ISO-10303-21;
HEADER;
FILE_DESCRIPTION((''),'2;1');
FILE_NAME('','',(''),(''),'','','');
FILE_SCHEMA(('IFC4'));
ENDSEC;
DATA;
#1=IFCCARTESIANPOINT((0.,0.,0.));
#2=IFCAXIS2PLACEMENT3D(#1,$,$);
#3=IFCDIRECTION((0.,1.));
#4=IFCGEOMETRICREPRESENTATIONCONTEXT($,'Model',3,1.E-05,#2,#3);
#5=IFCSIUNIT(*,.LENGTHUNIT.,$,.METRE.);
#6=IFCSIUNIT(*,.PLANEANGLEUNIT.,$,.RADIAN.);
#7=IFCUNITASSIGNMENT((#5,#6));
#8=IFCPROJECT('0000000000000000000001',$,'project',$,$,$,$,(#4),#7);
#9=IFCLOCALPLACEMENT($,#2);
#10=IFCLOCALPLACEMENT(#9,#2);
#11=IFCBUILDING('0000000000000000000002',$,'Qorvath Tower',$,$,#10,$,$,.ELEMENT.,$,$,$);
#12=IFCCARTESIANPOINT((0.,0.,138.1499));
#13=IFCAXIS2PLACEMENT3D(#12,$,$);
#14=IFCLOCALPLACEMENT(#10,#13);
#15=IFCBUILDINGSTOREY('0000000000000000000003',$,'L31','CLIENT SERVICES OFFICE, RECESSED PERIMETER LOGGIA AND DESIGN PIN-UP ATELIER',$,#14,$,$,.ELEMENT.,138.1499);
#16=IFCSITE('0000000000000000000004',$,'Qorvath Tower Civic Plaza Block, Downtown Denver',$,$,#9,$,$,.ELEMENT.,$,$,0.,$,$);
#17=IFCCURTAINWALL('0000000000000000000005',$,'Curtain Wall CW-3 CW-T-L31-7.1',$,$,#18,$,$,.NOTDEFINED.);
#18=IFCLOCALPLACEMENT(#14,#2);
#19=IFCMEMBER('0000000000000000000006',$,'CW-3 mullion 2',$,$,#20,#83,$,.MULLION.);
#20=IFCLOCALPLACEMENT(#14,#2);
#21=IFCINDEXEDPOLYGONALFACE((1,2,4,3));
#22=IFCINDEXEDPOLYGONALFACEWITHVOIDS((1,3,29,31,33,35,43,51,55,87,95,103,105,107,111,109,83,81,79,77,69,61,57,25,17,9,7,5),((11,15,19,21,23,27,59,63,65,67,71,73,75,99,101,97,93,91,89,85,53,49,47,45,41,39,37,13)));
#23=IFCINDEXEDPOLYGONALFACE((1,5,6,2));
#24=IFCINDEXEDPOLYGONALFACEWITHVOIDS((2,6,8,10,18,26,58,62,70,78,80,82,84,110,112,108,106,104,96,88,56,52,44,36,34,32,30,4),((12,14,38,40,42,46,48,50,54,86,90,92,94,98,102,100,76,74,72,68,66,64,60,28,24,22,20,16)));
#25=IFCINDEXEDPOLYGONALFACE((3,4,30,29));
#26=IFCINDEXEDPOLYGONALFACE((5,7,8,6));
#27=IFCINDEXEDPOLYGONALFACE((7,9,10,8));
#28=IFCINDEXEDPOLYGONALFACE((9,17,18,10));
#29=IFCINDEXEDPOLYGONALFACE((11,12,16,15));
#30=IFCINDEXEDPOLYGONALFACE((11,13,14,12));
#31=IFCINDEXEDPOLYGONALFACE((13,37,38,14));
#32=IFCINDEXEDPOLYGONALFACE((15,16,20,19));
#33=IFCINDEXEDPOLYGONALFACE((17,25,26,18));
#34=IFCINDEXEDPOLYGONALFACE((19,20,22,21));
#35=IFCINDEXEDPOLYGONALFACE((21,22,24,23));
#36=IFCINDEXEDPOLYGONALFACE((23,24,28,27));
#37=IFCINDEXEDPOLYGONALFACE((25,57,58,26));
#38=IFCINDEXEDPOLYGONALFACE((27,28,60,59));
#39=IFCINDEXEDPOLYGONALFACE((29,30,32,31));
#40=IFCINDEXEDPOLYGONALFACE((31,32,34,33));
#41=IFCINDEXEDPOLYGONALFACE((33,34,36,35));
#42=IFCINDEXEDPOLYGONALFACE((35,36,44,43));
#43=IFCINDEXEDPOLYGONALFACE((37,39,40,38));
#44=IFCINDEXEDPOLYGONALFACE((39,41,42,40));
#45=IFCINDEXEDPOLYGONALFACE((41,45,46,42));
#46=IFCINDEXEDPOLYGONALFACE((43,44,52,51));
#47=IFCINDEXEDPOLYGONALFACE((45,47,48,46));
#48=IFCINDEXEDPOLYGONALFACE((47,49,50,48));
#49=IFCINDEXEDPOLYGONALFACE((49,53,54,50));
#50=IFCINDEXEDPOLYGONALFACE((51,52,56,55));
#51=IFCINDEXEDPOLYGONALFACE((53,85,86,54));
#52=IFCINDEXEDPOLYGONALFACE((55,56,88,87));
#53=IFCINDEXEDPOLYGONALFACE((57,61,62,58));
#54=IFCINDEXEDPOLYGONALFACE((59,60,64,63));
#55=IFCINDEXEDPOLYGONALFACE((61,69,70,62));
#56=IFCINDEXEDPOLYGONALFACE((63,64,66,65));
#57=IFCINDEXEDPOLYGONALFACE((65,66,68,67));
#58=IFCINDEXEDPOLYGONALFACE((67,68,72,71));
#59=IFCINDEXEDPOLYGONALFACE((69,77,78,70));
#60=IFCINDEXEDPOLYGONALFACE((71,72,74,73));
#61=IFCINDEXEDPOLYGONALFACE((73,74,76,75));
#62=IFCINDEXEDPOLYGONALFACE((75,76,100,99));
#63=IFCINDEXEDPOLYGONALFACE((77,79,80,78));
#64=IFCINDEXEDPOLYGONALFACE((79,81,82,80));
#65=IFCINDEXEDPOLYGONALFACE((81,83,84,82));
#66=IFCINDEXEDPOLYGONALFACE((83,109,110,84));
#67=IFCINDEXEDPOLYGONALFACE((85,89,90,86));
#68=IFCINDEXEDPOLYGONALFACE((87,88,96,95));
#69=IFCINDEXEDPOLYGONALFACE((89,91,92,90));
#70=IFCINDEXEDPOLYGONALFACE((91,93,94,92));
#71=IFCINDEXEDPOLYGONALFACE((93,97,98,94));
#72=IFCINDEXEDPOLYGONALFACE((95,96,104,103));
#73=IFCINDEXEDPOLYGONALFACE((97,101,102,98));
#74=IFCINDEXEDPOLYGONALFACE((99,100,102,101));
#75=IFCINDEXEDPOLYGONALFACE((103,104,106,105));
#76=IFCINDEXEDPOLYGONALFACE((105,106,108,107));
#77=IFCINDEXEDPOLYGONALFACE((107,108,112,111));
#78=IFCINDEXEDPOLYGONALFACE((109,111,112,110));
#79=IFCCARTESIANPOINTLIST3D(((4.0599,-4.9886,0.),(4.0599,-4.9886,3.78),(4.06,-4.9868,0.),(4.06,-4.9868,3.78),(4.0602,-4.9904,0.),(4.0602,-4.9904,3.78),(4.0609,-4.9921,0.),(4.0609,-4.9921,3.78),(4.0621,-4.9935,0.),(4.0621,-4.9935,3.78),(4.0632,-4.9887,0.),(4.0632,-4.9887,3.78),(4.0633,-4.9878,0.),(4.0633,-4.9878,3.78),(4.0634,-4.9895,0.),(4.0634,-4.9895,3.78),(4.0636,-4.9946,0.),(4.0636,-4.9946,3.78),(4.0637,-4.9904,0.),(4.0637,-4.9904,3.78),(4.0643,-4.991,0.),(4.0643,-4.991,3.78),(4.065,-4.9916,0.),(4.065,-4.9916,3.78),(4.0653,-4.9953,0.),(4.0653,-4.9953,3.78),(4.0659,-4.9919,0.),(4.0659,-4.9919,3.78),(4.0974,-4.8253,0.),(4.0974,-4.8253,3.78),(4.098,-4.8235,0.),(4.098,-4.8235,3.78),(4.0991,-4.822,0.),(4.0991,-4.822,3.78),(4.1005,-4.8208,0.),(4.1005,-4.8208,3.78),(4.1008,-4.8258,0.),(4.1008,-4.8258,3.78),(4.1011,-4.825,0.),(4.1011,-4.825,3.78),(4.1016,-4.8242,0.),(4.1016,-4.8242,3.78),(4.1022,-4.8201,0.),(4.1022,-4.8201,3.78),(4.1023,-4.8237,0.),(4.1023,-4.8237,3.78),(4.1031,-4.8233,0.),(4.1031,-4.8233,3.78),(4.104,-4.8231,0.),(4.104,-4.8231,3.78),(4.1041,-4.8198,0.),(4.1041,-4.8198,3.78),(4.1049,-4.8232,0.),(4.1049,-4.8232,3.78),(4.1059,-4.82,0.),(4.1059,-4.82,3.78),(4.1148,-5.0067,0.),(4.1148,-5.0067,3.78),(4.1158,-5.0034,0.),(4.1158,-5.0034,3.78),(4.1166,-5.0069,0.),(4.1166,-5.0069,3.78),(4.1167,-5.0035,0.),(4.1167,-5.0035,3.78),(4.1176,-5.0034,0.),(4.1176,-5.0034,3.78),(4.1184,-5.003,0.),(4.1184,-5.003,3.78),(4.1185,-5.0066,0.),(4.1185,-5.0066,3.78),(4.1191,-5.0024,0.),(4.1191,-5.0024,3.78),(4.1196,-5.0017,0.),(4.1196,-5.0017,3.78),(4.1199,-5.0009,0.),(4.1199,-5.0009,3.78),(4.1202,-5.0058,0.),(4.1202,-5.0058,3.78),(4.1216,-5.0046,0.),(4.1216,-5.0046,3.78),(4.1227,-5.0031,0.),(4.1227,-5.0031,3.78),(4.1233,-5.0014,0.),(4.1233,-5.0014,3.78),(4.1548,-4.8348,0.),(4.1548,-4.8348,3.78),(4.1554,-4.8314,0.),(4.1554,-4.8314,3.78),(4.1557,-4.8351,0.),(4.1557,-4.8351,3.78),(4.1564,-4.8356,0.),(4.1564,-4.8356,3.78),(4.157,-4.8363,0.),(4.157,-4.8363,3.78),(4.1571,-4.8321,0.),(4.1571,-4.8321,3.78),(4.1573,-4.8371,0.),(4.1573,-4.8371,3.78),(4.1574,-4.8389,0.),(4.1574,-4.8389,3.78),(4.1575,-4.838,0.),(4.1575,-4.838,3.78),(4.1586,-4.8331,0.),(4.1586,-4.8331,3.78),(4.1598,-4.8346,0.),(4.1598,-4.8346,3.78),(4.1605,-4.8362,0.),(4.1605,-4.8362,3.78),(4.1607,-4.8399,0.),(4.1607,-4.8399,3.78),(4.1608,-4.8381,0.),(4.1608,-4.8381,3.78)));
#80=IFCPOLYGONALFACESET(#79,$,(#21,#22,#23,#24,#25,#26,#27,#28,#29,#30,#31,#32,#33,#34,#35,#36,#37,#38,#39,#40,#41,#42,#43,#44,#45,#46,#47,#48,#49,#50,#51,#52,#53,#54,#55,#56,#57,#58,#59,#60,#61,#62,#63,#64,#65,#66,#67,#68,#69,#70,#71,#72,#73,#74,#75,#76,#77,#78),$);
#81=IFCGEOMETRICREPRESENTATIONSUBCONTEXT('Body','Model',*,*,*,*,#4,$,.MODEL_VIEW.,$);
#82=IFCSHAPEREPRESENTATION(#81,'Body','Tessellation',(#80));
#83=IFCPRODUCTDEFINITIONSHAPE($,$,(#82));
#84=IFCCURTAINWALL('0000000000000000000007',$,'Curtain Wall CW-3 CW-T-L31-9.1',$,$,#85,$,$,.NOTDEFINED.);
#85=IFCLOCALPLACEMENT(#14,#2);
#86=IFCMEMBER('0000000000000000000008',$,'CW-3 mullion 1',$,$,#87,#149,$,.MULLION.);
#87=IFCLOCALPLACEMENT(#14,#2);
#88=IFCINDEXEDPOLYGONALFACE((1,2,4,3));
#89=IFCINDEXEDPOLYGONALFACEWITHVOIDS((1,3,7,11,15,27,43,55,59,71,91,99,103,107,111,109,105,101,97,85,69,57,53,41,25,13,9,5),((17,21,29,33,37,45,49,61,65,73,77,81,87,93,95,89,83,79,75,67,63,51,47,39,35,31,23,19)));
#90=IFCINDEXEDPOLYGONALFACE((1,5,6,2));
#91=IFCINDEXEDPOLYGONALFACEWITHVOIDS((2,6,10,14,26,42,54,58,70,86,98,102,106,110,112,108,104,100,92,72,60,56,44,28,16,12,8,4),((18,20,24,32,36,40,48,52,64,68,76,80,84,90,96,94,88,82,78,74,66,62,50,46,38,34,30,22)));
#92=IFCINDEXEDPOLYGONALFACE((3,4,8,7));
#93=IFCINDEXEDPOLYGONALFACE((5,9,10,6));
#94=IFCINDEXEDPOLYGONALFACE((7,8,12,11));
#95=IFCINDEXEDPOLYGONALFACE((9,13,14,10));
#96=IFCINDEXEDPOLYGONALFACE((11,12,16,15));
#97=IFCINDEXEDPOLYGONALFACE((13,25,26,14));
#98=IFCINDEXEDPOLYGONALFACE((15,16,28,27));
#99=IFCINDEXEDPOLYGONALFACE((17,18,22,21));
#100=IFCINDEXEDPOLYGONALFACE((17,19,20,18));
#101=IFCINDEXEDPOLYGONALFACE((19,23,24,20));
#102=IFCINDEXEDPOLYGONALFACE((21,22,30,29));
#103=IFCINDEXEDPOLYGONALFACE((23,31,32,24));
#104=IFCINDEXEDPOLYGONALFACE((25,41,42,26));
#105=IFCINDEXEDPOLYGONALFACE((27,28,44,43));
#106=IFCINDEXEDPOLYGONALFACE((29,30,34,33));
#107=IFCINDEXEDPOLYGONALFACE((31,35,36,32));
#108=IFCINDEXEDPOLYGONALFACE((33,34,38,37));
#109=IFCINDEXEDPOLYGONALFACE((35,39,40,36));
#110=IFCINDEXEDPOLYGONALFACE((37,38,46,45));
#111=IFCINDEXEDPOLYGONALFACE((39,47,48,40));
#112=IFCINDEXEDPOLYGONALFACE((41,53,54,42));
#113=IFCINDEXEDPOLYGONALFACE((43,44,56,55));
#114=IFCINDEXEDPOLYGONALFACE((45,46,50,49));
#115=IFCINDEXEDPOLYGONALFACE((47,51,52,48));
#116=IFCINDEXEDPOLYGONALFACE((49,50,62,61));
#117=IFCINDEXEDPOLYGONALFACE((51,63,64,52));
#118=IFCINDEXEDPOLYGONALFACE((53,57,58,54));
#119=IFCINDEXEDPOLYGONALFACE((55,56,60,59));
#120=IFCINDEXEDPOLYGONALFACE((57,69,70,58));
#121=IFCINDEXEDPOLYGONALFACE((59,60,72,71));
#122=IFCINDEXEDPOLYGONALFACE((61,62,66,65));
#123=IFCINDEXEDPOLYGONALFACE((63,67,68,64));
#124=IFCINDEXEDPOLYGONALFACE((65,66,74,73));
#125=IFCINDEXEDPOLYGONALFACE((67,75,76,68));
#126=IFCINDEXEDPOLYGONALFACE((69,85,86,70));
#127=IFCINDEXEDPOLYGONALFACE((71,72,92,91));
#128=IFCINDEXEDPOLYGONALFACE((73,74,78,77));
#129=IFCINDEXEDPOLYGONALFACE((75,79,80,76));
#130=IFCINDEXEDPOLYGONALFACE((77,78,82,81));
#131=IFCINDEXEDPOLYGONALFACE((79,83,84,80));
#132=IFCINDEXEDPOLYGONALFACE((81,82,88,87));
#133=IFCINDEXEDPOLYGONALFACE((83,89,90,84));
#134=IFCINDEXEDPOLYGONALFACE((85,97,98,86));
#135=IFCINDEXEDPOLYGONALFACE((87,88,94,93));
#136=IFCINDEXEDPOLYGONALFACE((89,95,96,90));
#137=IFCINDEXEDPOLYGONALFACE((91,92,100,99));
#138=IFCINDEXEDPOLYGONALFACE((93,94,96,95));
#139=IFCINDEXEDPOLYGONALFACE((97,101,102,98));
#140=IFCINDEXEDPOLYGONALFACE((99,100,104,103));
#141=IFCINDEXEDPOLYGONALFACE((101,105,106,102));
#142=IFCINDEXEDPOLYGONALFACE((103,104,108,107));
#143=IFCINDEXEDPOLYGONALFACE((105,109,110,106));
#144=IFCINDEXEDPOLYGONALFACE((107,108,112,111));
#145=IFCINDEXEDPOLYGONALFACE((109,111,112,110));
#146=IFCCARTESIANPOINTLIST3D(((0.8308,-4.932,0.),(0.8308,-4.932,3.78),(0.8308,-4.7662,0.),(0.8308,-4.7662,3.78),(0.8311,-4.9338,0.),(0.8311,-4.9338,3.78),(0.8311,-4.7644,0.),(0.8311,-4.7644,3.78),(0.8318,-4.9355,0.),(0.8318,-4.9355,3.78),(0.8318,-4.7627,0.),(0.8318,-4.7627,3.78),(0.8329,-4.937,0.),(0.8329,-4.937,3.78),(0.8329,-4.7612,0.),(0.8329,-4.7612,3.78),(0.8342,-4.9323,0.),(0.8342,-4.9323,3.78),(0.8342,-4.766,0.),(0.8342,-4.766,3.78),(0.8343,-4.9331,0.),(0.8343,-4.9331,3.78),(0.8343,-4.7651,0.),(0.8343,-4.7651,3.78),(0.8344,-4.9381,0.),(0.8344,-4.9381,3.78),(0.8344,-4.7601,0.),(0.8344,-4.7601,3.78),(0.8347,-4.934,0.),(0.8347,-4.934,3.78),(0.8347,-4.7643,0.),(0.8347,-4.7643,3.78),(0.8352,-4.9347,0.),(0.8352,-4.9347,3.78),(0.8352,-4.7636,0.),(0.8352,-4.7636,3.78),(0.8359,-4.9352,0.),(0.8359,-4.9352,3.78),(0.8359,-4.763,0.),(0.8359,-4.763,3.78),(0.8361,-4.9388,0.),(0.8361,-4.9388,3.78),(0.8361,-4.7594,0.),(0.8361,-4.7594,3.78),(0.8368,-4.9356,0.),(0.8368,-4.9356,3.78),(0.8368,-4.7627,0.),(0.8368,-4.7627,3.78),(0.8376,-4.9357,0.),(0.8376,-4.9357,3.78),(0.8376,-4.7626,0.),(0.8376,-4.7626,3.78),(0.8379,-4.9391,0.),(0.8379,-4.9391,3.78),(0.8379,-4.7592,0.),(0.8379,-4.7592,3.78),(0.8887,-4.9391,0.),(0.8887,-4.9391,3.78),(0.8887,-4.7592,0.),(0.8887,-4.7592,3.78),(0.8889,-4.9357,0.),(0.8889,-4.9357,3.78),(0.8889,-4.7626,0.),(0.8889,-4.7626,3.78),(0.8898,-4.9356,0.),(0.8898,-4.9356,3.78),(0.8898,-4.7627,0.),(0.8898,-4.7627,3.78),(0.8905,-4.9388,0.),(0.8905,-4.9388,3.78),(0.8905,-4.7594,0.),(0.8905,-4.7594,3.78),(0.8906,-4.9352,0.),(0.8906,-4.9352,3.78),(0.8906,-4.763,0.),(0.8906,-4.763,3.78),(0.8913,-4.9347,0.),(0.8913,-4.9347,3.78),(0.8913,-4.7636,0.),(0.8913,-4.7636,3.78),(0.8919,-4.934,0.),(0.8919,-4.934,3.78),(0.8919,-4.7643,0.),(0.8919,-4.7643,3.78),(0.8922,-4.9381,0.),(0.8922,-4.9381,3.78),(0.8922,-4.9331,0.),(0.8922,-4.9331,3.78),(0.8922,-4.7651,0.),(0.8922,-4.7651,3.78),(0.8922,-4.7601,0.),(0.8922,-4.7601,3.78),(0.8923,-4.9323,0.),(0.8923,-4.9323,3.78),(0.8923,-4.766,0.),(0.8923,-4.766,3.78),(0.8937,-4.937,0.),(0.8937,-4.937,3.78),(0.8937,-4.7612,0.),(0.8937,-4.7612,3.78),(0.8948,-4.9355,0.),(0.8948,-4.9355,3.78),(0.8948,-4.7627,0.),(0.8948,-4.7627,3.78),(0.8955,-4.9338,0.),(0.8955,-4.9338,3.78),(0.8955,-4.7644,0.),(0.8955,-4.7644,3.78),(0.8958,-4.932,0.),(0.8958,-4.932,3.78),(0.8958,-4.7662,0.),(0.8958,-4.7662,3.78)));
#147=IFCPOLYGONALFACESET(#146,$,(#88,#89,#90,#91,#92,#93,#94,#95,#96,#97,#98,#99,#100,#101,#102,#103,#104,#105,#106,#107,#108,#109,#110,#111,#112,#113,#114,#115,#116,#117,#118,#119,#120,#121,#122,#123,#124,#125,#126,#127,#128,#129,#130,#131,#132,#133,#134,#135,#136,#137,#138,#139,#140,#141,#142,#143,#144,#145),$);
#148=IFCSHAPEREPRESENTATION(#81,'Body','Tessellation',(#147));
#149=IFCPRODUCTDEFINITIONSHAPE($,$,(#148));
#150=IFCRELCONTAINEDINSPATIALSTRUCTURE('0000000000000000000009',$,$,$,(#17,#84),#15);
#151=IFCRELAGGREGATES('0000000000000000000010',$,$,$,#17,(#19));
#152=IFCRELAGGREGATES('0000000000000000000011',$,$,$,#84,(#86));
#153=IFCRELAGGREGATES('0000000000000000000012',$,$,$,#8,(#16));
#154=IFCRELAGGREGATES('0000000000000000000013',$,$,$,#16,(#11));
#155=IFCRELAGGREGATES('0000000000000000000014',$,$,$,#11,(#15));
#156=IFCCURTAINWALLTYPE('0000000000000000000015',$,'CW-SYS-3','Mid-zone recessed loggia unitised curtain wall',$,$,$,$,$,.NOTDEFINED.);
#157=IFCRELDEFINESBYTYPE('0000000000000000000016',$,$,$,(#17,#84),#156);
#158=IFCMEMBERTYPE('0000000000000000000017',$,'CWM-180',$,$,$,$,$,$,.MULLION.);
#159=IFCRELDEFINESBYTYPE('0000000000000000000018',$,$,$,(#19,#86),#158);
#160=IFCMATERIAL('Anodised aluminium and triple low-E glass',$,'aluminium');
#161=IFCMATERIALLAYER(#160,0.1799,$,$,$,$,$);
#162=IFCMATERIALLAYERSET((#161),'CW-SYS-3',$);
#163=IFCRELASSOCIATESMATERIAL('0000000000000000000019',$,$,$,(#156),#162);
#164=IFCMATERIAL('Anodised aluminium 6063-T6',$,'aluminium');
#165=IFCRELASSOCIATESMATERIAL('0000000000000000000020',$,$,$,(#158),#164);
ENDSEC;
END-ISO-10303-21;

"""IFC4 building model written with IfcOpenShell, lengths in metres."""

from ifc_helpers import new_model, si_unit, direction, frame, origin, origin_2d, place, context, subcontext, project, spatial, hollow_rectangle, extrude, material, layer, layer_set, material_profile, profile_set, type_object, element, aggregate, save


model = new_model("IFC4")

# Units and contexts
model_context = context("Model", 3, precision=1e-05, world=origin(), true_north=direction((0.0, 1.0)))
body_context = subcontext(model_context, "Body", "Model", "MODEL_VIEW")
ifc_project = project(units=[si_unit("LENGTHUNIT", "METRE"), si_unit("PLANEANGLEUNIT", "RADIAN")], contexts=[model_context])

# Site, building, storey
site_placement = place(None, origin())
site = spatial("IfcSite", under=ifc_project, at=site_placement, Name="Qorvath Tower Civic Plaza Block, Downtown Denver", CompositionType="ELEMENT", RefElevation=0.0)
building_placement = place(site_placement, origin())
building = spatial("IfcBuilding", under=site, at=building_placement, Name="Qorvath Tower", CompositionType="ELEMENT")
storey_placement = place(building_placement, frame((0.0, 0.0, 138.1499)))
storey = spatial("IfcBuildingStorey", under=building, at=storey_placement, Name="L31", Description="CLIENT SERVICES OFFICE, RECESSED PERIMETER LOGGIA AND DESIGN PIN-UP ATELIER", CompositionType="ELEMENT", Elevation=138.1499)

# Curtain wall, member
ifc_material_1 = material(Name="Anodised aluminium and triple low-E glass", Category="aluminium")
ifc_layer_1 = layer(ifc_material_1, 0.1799)
ifc_layer_set_1 = layer_set([ifc_layer_1], Name="CW-SYS-3")
curtain_wall_type = type_object("IfcCurtainWallType", Name="CW-SYS-3", Description="Mid-zone recessed loggia unitised curtain wall", PredefinedType="NOTDEFINED", material=ifc_layer_set_1)
curtain_wall_1_placement = place(storey_placement, origin())
curtain_wall_1 = element("IfcCurtainWall", 1, at=curtain_wall_1_placement, inside=storey, type_object=curtain_wall_type, Name="Curtain Wall CW-3 CW-T-L31-7.1", PredefinedType="NOTDEFINED")
ifc_material_2 = material(Name="Anodised aluminium 6063-T6", Category="aluminium")
ifc_material_profile_1 = material_profile(ifc_material_2, hollow_rectangle(XDim=0.0649, YDim=0.1799, WallThickness=0.0034, InnerFilletRadius=0.0034, OuterFilletRadius=0.0071, at=origin_2d()), Name="CWM 180x65")
ifc_profile_set_1 = profile_set([ifc_material_profile_1], Name="Anodised aluminium 6063-T6")
member_type_1 = type_object("IfcMemberType", Name="CWM-180", PredefinedType="MULLION", material=ifc_profile_set_1)
member_1_placement = place(storey_placement, frame((4.1104, -4.9133, 0.0), z_axis=(0.0, 0.0, 1.0), x_axis=(-0.974262, 0.225417, 0.0)))
member_1 = element("IfcMember", 2, at=member_1_placement, type_object=member_type_1, Name="CW-3 mullion 2", PredefinedType="MULLION", context=body_context, shape_type="SweptSolid", body=[
    extrude(hollow_rectangle(XDim=0.0649, YDim=0.1799, WallThickness=0.0034, InnerFilletRadius=0.0034, OuterFilletRadius=0.0071, at=origin_2d()), origin(), (0.0, 0.0, 1.0), 3.78),
])
aggregate(curtain_wall_1, [member_1])

# Curtain wall, member
curtain_wall_2_placement = place(storey_placement, origin())
curtain_wall_2 = element("IfcCurtainWall", 3, at=curtain_wall_2_placement, inside=storey, type_object=curtain_wall_type, Name="Curtain Wall CW-3 CW-T-L31-9.1", PredefinedType="NOTDEFINED")
member_2_placement = place(storey_placement, frame((0.8633, -4.8491, 0.0), z_axis=(0.0, 0.0, 1.0), x_axis=(-1.0, 0.0, 0.0)))
member_2 = element("IfcMember", 4, at=member_2_placement, type_object=member_type_1, Name="CW-3 mullion 1", PredefinedType="MULLION", context=body_context, shape_type="SweptSolid", body=[
    extrude(hollow_rectangle(XDim=0.0649, YDim=0.1799, WallThickness=0.0034, InnerFilletRadius=0.0034, OuterFilletRadius=0.0071, at=origin_2d()), origin(), (0.0, 0.0, 1.0), 3.78),
])
aggregate(curtain_wall_2, [member_2])

save(model, "model.ifc")
